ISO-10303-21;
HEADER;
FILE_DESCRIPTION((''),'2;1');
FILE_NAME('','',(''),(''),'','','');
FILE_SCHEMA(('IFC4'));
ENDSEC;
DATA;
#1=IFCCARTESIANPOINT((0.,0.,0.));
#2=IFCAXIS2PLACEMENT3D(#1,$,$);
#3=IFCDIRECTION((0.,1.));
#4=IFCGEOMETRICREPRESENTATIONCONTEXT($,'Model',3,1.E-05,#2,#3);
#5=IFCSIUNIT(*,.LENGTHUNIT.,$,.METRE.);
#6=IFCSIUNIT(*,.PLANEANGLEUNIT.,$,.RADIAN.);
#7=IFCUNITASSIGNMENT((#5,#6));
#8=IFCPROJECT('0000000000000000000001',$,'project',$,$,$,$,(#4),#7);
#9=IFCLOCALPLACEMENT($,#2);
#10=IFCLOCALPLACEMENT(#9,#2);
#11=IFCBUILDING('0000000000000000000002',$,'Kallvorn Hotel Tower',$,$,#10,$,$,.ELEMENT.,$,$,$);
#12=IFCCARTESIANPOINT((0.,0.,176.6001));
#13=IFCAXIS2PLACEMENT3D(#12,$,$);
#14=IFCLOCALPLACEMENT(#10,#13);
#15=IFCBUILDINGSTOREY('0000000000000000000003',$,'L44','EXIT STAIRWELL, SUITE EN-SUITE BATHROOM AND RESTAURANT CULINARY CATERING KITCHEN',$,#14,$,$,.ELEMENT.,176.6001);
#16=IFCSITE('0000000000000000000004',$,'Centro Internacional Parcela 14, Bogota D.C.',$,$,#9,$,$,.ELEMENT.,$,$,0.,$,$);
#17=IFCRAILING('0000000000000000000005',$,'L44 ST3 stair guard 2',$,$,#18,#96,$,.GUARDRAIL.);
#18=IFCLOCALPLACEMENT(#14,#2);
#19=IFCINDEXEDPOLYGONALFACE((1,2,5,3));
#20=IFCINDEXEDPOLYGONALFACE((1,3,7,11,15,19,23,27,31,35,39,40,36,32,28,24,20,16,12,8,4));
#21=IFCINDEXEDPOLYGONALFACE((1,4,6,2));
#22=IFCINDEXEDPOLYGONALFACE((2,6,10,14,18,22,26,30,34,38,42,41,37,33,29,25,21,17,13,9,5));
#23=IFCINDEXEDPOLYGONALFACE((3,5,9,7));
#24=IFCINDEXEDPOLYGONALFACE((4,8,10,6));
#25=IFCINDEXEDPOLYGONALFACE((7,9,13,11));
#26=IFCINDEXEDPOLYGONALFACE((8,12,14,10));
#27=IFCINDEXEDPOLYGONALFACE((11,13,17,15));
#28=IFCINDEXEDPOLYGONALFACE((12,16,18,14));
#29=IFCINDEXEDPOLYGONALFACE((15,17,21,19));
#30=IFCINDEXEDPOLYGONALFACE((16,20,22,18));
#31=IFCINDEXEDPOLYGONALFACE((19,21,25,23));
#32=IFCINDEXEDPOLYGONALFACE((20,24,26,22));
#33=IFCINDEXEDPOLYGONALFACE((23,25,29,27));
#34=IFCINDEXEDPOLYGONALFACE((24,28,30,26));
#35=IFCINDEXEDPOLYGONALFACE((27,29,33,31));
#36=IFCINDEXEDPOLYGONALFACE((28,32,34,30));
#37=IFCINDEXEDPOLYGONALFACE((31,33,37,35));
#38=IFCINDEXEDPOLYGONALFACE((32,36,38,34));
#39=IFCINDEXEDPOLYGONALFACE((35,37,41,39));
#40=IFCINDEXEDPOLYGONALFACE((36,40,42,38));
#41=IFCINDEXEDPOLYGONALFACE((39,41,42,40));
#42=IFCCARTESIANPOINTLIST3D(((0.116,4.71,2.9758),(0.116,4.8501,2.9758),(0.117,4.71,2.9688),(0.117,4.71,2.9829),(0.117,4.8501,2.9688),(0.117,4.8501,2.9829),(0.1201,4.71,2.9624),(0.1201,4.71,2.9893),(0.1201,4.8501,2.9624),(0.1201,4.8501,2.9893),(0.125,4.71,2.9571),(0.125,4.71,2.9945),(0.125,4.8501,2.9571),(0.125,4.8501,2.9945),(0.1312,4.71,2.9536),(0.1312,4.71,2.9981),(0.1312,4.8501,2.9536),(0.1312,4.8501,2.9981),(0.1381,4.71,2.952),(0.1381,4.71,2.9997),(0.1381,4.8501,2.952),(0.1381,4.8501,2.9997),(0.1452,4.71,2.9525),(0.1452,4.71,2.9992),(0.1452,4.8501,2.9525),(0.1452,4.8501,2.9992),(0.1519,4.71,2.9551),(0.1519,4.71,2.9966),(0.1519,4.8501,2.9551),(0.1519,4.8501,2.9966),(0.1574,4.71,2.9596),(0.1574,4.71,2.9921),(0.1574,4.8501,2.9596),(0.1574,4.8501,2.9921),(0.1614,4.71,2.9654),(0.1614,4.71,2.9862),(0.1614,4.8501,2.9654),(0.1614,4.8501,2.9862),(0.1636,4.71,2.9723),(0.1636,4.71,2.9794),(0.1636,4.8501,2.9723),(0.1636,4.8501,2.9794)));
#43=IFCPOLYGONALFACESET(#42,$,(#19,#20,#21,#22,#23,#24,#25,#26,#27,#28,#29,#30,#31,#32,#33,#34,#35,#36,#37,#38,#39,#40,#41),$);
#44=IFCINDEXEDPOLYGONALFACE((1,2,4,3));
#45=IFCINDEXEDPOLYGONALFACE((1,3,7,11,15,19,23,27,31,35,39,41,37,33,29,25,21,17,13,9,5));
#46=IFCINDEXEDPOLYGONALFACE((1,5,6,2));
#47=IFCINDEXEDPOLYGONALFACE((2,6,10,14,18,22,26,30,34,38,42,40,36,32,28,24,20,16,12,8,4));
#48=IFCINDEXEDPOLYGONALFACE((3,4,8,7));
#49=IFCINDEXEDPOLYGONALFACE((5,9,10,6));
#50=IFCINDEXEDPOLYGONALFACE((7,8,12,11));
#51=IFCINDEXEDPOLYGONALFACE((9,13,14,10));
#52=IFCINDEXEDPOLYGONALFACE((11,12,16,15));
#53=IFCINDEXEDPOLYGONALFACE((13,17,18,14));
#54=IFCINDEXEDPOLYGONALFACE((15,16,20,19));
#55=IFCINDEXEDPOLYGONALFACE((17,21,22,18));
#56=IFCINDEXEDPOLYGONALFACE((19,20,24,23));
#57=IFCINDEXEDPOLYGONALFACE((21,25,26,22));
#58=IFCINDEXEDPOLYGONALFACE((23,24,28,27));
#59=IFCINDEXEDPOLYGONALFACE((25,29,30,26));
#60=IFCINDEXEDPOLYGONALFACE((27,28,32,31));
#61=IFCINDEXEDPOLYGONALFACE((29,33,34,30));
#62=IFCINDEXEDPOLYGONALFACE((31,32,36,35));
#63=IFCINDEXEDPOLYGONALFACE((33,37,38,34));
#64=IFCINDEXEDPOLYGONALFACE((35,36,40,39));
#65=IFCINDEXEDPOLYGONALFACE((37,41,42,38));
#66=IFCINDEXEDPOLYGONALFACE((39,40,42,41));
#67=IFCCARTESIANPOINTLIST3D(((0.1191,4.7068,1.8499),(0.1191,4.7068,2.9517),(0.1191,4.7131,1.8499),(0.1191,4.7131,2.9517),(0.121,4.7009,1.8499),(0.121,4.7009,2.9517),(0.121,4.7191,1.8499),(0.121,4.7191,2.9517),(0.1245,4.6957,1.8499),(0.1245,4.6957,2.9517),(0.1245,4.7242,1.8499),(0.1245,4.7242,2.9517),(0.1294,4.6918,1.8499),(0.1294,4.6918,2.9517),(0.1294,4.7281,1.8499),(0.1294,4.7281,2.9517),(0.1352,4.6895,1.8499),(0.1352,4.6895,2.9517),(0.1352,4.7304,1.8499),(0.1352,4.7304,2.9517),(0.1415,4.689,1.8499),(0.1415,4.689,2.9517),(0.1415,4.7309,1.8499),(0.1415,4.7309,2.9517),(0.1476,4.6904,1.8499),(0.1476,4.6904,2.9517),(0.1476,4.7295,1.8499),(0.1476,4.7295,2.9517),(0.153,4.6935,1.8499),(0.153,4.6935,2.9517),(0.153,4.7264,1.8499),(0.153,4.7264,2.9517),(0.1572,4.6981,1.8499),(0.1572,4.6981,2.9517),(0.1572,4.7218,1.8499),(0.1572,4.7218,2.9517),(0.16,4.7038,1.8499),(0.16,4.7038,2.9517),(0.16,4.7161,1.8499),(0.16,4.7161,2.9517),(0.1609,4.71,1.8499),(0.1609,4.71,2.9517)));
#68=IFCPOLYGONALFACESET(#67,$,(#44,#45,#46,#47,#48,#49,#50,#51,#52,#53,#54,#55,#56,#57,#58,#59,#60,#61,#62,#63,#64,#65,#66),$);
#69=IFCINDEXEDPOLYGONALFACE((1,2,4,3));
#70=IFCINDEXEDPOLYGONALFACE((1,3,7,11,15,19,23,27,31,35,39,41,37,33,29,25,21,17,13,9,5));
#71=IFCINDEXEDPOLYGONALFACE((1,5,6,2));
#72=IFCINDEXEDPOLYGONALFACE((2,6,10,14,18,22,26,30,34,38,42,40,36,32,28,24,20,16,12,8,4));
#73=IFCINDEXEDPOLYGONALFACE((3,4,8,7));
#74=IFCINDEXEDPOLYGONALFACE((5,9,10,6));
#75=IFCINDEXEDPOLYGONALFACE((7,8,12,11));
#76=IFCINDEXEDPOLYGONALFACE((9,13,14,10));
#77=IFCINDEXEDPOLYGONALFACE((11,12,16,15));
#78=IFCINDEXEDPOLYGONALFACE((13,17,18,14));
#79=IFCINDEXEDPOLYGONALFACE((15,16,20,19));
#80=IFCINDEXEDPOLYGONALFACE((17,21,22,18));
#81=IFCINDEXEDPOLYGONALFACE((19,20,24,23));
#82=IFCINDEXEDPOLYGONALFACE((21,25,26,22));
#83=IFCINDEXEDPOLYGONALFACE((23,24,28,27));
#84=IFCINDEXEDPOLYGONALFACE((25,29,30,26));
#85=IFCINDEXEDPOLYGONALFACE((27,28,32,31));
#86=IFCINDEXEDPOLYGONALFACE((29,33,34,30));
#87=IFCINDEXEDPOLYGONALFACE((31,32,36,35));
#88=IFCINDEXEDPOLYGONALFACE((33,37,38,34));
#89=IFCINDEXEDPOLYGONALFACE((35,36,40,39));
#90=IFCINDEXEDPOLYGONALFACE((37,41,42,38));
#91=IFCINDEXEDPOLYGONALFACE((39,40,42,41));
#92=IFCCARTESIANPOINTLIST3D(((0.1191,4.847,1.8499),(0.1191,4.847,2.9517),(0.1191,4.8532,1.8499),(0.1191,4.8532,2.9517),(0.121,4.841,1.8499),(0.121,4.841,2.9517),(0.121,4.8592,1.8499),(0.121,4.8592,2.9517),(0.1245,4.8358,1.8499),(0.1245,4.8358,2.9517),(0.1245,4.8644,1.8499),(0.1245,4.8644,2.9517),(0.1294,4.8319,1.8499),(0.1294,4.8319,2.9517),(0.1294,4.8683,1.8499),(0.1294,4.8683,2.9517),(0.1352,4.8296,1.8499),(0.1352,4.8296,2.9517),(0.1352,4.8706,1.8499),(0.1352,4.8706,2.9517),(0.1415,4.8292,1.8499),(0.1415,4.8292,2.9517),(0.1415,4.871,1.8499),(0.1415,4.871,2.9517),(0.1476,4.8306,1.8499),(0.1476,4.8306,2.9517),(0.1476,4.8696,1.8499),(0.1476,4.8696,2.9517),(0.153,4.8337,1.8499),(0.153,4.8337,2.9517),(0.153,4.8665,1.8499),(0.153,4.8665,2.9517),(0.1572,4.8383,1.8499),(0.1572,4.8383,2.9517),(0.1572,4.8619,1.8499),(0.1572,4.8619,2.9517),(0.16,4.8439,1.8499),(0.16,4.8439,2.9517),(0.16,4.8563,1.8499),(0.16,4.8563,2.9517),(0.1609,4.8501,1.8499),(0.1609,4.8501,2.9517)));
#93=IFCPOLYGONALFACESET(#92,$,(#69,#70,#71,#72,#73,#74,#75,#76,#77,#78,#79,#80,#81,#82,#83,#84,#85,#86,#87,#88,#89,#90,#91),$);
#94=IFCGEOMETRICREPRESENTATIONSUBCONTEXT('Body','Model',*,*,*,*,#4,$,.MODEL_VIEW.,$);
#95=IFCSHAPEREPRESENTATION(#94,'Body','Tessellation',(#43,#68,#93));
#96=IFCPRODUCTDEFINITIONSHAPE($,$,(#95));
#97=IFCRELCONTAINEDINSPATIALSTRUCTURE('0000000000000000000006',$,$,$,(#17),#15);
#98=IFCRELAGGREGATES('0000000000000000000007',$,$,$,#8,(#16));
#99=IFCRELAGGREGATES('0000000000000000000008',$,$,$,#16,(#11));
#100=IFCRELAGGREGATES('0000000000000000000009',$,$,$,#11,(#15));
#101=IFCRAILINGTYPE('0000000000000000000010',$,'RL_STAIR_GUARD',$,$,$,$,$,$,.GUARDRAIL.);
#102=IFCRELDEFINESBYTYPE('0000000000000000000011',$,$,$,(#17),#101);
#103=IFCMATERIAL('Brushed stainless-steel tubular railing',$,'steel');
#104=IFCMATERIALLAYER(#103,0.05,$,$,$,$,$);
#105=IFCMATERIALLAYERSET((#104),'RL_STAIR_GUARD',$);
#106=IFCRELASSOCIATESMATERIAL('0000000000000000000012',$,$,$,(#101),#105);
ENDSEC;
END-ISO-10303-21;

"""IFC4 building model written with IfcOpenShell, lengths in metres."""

from ifc_helpers import new_model, si_unit, direction, frame, origin, origin_2d, place, context, subcontext, project, spatial, circle, extrude, material, layer, layer_set, type_object, element, save


model = new_model("IFC4")

# Units and contexts
model_context = context("Model", 3, precision=1e-05, world=origin(), true_north=direction((0.0, 1.0)))
body_context = subcontext(model_context, "Body", "Model", "MODEL_VIEW")
ifc_project = project(units=[si_unit("LENGTHUNIT", "METRE"), si_unit("PLANEANGLEUNIT", "RADIAN")], contexts=[model_context])

# Site, building, storey
site_placement = place(None, origin())
site = spatial("IfcSite", under=ifc_project, at=site_placement, Name="Centro Internacional Parcela 14, Bogota D.C.", CompositionType="ELEMENT", RefElevation=0.0)
building_placement = place(site_placement, origin())
building = spatial("IfcBuilding", under=site, at=building_placement, Name="Kallvorn Hotel Tower", CompositionType="ELEMENT")
storey_placement = place(building_placement, frame((0.0, 0.0, 176.6001)))
storey = spatial("IfcBuildingStorey", under=building, at=storey_placement, Name="L44", Description="EXIT STAIRWELL, SUITE EN-SUITE BATHROOM AND RESTAURANT CULINARY CATERING KITCHEN", CompositionType="ELEMENT", Elevation=176.6001)

# Railing
ifc_material_1 = material(Name="Brushed stainless-steel tubular railing", Category="steel")
ifc_layer_1 = layer(ifc_material_1, 0.05)
ifc_layer_set_1 = layer_set([ifc_layer_1], Name="RL_STAIR_GUARD")
railing_type_1 = type_object("IfcRailingType", Name="RL_STAIR_GUARD", PredefinedType="GUARDRAIL", material=ifc_layer_set_1)
railing_1_placement = place(storey_placement, frame((0.1399, 4.71, 1.8499)))
element("IfcRailing", 1, at=railing_1_placement, inside=storey, type_object=railing_type_1, Name="L44 ST3 stair guard 2", PredefinedType="GUARDRAIL", context=body_context, shape_type="SweptSolid", body=[
    extrude(circle(Radius=0.0239, at=origin_2d()), frame((0.0, 0.0, 1.126), z_axis=(0.0, 1.0, 0.0), x_axis=(-1.0, 0.0, 0.0)), (0.0, 0.0, 1.0), 0.1401),
    extrude(circle(Radius=0.021, at=origin_2d()), origin(), (0.0, 0.0, 1.0), 1.1018),
    extrude(circle(Radius=0.021, at=origin_2d()), frame((0.0, 0.1401, 0.0)), (0.0, 0.0, 1.0), 1.1018),
])

save(model, "model.ifc")
